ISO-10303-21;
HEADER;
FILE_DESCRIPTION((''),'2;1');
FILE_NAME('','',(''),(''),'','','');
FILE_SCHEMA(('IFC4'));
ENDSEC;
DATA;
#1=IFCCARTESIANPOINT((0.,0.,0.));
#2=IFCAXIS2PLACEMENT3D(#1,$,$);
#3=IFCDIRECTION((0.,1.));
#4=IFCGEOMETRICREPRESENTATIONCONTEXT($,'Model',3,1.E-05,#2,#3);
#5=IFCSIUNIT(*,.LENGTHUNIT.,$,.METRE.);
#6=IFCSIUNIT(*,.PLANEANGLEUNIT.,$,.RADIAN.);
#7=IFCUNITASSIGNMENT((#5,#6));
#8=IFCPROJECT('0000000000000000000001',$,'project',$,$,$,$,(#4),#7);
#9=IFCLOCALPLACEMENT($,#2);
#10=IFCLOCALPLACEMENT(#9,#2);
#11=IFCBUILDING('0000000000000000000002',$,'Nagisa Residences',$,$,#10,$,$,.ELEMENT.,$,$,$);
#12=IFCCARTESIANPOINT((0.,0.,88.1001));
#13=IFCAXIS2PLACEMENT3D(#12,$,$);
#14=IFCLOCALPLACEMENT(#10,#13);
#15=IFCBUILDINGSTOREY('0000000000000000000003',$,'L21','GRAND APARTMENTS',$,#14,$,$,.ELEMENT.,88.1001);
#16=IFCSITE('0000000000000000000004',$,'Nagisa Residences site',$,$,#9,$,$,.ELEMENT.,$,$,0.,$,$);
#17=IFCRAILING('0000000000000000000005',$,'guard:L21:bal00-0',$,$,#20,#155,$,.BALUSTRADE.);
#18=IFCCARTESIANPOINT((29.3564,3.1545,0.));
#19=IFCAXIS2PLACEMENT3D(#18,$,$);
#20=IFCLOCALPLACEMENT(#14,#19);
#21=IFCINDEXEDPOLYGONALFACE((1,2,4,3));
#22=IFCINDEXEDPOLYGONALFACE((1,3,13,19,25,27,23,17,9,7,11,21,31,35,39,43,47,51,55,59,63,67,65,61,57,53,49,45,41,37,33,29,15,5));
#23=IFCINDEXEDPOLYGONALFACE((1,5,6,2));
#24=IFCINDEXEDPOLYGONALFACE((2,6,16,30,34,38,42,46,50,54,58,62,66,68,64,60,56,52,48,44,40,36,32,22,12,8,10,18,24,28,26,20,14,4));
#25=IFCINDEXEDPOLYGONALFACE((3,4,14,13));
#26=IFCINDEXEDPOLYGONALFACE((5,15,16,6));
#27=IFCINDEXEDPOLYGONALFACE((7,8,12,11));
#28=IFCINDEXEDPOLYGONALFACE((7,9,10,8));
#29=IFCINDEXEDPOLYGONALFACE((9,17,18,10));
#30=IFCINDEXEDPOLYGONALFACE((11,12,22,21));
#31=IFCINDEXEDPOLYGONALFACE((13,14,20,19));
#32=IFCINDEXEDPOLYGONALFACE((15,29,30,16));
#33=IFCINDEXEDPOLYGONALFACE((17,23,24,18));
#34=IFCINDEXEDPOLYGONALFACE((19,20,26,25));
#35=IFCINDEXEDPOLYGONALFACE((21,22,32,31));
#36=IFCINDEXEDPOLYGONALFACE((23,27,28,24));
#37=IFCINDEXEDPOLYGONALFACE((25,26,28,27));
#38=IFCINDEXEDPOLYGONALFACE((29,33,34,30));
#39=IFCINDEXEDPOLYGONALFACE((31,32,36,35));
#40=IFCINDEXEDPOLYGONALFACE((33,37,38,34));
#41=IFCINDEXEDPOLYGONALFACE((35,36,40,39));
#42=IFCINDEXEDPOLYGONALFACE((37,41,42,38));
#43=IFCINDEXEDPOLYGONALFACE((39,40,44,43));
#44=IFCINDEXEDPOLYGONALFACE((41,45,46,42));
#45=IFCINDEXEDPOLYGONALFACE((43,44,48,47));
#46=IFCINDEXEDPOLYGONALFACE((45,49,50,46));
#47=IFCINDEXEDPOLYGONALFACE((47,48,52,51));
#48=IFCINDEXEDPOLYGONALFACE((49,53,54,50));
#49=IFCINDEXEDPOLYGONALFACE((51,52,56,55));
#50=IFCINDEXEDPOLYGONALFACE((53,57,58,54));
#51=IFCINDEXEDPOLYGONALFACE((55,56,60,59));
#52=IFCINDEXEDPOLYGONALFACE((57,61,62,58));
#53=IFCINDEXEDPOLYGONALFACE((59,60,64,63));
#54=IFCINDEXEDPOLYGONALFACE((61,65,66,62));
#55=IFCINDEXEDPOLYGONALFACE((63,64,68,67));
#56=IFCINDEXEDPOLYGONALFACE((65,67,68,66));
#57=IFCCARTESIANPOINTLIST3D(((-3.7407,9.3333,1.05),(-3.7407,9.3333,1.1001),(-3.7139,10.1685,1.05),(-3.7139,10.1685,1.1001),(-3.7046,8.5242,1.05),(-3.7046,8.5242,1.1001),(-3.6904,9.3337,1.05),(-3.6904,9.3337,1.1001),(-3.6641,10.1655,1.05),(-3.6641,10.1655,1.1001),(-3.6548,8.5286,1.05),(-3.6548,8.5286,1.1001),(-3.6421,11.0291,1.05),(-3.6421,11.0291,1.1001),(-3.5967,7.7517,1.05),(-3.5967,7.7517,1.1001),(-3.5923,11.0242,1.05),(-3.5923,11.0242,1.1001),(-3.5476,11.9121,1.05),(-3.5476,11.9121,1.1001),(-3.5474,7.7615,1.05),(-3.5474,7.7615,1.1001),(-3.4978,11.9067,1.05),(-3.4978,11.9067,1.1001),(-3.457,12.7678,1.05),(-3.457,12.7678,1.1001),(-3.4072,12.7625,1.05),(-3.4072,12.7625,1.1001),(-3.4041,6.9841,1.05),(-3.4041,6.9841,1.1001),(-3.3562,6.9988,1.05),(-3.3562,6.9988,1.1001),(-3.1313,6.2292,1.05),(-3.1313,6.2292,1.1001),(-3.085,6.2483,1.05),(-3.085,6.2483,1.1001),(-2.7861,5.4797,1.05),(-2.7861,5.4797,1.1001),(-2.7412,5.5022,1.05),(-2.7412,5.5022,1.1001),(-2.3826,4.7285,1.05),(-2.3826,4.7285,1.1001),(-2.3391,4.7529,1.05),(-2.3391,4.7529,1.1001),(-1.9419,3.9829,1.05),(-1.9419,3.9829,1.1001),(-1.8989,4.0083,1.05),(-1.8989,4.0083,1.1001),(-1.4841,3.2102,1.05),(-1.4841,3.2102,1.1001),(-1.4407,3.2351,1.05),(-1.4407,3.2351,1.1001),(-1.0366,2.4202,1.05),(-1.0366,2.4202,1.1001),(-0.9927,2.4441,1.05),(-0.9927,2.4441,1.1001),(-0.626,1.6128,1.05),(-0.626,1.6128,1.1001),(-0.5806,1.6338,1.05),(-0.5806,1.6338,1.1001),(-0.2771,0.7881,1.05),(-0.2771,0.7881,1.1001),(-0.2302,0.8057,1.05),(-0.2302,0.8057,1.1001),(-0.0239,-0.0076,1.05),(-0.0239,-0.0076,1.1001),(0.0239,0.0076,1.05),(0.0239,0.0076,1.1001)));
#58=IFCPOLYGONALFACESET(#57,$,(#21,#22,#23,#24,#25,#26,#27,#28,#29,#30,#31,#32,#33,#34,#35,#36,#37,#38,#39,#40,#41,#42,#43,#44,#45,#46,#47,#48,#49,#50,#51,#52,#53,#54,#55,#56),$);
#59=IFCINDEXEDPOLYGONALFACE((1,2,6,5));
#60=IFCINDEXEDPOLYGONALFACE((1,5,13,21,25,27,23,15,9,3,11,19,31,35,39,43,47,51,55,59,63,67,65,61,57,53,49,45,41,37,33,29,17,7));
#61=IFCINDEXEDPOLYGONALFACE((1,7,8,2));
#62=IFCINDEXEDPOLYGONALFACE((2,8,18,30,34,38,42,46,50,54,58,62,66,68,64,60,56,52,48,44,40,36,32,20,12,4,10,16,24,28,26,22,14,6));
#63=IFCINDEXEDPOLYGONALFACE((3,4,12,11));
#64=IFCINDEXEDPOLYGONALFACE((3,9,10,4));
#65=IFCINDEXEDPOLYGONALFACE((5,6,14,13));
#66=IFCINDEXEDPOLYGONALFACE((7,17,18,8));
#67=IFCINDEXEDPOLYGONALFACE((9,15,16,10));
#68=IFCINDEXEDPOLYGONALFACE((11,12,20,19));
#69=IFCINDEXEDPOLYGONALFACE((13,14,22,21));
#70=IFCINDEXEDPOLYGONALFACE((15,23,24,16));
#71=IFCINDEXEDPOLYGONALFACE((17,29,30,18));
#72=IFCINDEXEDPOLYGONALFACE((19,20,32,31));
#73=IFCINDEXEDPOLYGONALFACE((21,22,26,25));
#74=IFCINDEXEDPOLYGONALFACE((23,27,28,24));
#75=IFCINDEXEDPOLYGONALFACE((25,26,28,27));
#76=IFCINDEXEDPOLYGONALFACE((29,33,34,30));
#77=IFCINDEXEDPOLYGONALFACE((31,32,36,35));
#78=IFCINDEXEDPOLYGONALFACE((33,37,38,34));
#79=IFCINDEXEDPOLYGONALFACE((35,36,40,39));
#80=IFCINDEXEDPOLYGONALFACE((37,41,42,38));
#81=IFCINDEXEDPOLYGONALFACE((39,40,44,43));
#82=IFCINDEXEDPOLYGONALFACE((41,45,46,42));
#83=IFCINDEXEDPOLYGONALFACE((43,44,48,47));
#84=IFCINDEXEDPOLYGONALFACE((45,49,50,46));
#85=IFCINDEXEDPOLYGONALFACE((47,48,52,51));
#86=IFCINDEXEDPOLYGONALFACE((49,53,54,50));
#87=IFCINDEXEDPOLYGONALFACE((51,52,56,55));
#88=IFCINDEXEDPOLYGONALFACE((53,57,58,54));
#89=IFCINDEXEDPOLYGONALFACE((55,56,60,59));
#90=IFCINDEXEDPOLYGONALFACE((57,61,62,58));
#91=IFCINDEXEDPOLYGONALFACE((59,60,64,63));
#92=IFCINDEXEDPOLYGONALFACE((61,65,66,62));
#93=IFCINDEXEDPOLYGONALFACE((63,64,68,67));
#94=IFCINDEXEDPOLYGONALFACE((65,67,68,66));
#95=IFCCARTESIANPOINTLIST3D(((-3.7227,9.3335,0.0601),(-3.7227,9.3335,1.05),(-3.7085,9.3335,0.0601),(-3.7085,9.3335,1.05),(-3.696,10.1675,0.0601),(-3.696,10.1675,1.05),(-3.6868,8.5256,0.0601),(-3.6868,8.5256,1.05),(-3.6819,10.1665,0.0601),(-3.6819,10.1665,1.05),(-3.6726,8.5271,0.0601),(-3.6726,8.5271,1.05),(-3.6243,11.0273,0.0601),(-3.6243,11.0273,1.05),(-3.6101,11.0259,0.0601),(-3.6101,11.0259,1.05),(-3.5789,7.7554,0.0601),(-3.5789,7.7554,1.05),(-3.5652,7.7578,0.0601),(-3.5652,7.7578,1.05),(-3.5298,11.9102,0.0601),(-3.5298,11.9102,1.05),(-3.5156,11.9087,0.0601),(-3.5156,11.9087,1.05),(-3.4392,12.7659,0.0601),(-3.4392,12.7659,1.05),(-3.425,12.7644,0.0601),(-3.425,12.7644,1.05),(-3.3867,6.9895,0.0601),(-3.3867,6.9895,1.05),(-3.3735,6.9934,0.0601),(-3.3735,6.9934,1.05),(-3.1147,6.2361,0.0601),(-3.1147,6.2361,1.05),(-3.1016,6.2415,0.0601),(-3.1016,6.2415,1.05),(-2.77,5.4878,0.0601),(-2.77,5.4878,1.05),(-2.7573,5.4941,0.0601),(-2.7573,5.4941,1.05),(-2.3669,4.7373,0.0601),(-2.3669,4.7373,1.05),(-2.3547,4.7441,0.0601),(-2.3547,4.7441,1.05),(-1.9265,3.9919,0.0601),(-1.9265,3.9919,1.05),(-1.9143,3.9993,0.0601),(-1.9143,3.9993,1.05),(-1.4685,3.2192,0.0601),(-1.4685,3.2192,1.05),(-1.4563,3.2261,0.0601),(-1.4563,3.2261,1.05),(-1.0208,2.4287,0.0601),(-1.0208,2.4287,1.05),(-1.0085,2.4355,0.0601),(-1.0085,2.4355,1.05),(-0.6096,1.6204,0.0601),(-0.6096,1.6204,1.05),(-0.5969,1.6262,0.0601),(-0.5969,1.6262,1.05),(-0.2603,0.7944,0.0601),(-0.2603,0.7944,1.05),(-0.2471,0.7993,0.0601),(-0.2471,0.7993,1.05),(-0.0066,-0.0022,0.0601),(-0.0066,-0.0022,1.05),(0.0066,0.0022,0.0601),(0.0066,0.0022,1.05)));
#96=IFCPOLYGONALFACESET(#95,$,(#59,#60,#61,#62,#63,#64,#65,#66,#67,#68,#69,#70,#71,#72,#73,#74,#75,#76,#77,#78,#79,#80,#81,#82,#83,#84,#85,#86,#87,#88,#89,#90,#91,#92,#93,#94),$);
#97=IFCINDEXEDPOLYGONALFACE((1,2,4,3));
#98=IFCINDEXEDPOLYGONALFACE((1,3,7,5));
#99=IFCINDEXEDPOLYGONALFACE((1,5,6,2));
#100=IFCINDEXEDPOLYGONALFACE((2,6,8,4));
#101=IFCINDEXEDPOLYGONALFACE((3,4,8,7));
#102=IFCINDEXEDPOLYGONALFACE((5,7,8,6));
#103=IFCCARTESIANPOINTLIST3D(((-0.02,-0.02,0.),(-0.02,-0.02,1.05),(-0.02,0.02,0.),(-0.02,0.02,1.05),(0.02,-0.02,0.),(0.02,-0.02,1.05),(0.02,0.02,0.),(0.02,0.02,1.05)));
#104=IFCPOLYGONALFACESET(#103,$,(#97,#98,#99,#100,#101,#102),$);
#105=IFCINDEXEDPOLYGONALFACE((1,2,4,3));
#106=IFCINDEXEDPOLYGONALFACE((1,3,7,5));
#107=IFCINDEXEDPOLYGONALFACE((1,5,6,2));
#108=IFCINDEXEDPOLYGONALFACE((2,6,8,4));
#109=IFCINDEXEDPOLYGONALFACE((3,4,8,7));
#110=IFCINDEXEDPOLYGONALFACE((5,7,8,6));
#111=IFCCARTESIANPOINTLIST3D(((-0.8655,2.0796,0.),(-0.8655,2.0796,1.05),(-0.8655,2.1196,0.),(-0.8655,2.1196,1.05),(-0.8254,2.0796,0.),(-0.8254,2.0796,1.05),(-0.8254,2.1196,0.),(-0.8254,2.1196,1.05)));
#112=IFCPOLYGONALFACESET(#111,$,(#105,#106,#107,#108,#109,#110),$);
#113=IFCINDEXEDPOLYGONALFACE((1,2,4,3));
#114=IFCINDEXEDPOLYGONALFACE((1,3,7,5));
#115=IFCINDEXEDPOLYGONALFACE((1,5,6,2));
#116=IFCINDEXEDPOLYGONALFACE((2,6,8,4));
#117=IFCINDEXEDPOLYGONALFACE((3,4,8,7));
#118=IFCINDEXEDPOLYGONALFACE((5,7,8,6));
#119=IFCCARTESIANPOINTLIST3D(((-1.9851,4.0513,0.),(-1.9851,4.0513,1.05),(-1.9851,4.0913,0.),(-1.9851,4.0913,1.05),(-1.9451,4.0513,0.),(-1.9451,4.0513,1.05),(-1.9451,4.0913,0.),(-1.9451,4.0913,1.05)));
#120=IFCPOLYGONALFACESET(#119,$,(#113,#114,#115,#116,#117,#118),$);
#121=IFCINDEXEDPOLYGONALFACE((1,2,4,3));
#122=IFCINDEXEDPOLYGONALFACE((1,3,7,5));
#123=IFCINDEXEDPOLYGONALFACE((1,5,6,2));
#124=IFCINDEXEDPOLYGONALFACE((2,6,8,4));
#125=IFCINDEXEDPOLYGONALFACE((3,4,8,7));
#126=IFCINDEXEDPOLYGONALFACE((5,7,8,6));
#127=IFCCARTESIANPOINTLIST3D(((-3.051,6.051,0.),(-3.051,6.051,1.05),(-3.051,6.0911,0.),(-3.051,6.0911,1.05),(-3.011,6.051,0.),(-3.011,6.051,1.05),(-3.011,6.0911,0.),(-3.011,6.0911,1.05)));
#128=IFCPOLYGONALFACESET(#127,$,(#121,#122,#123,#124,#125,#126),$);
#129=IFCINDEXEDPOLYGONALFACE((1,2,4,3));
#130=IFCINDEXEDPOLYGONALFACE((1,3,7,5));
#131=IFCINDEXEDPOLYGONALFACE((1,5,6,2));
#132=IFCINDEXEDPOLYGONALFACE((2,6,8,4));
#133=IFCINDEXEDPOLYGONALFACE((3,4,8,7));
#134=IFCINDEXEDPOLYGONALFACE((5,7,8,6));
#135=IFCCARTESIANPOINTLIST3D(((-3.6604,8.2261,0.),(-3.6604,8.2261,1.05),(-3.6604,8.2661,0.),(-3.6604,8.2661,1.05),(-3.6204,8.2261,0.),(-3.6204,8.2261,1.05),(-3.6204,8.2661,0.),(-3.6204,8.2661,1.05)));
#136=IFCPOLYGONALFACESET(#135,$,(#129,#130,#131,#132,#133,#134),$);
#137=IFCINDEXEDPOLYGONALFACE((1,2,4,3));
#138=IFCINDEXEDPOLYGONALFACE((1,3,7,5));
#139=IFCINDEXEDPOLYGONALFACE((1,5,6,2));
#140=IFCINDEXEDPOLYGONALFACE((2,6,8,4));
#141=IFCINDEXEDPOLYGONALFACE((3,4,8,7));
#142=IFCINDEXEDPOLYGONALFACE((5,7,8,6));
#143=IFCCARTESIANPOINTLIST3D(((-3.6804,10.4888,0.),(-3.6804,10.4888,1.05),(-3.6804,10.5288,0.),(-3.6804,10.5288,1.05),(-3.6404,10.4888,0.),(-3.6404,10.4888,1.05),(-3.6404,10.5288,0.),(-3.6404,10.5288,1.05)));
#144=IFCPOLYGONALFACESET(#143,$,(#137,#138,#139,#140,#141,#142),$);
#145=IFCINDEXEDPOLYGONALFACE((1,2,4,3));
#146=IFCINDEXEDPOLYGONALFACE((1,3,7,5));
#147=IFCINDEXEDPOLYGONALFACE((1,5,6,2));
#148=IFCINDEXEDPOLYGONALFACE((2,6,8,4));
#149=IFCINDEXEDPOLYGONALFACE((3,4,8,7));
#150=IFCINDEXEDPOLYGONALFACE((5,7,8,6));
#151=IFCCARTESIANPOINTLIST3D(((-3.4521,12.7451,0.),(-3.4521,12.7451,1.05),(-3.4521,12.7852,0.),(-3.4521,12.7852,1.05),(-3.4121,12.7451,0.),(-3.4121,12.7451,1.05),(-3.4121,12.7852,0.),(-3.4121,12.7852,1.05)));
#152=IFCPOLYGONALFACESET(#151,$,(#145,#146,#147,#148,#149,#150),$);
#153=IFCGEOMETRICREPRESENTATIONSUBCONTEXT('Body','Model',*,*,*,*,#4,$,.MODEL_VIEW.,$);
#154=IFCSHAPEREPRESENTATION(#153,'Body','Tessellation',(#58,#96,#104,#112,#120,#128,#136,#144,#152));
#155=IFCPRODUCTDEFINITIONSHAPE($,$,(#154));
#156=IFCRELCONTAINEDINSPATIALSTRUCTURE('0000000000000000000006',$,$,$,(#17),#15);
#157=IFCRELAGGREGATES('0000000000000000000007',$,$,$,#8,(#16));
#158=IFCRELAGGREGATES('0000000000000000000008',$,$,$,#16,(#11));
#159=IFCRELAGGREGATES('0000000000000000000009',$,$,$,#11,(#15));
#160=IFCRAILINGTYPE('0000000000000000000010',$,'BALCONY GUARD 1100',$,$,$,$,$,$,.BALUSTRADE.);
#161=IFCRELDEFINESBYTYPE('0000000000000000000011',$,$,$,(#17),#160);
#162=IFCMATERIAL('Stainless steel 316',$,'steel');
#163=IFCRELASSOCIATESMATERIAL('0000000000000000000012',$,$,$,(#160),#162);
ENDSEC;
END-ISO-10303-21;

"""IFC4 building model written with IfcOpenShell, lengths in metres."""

from ifc_helpers import new_model, si_unit, direction, frame, origin, origin_2d, place, context, subcontext, project, spatial, polyline, rectangle, outline, extrude, material, type_object, element, save


model = new_model("IFC4")

# Units and contexts
model_context = context("Model", 3, precision=1e-05, world=origin(), true_north=direction((0.0, 1.0)))
body_context = subcontext(model_context, "Body", "Model", "MODEL_VIEW")
ifc_project = project(units=[si_unit("LENGTHUNIT", "METRE"), si_unit("PLANEANGLEUNIT", "RADIAN")], contexts=[model_context])

# Site, building, storey
site_placement = place(None, origin())
site = spatial("IfcSite", under=ifc_project, at=site_placement, Name="Nagisa Residences site", CompositionType="ELEMENT", RefElevation=0.0)
building_placement = place(site_placement, origin())
building = spatial("IfcBuilding", under=site, at=building_placement, Name="Nagisa Residences", CompositionType="ELEMENT")
storey_placement = place(building_placement, frame((0.0, 0.0, 88.1001)))
storey = spatial("IfcBuildingStorey", under=building, at=storey_placement, Name="L21", Description="GRAND APARTMENTS", CompositionType="ELEMENT", Elevation=88.1001)

# Railing
ifc_material_1 = material(Name="Stainless steel 316", Category="steel")
railing_type = type_object("IfcRailingType", Name="BALCONY GUARD 1100", PredefinedType="BALUSTRADE", material=ifc_material_1)
railing_placement = place(storey_placement, frame((29.3564, 3.1545, 0.0)))
element("IfcRailing", 1, at=railing_placement, inside=storey, type_object=railing_type, Name="guard:L21:bal00-0", PredefinedType="BALUSTRADE", context=body_context, shape_type="SweptSolid", body=[
    extrude(outline(polyline([(-0.2771, 0.7881), (-0.0239, -0.0076), (0.0239, 0.0076), (-0.2302, 0.8057), (-0.5806, 1.6338), (-0.9927, 2.4441), (-1.4407, 3.2351), (-1.8989, 4.0083), (-2.3391, 4.7529), (-2.7412, 5.5022), (-3.085, 6.2483), (-3.3562, 6.9988), (-3.5474, 7.7615), (-3.6548, 8.5286), (-3.6904, 9.3337), (-3.6641, 10.1655), (-3.5923, 11.0242), (-3.4978, 11.9067), (-3.4072, 12.7625), (-3.457, 12.7678), (-3.5476, 11.9121), (-3.6421, 11.0291), (-3.7139, 10.1685), (-3.7407, 9.3333), (-3.7046, 8.5242), (-3.5967, 7.7517), (-3.4041, 6.9841), (-3.1313, 6.2292), (-2.7861, 5.4797), (-2.3826, 4.7285), (-1.9419, 3.9829), (-1.4841, 3.2102), (-1.0366, 2.4202), (-0.626, 1.6128), (-0.2771, 0.7881)])), frame((0.0, 0.0, 1.05)), (0.0, 0.0, 1.0), 0.05),
    extrude(outline(polyline([(-0.2603, 0.7944), (-0.0066, -0.0022), (0.0066, 0.0022), (-0.2471, 0.7993), (-0.5969, 1.6262), (-1.0085, 2.4355), (-1.4563, 3.2261), (-1.9143, 3.9993), (-2.3547, 4.7441), (-2.7573, 5.4941), (-3.1016, 6.2415), (-3.3735, 6.9934), (-3.5652, 7.7578), (-3.6726, 8.5271), (-3.7085, 9.3335), (-3.6819, 10.1665), (-3.6101, 11.0259), (-3.5156, 11.9087), (-3.425, 12.7644), (-3.4392, 12.7659), (-3.5298, 11.9102), (-3.6243, 11.0273), (-3.696, 10.1675), (-3.7227, 9.3335), (-3.6868, 8.5256), (-3.5789, 7.7554), (-3.3867, 6.9895), (-3.1147, 6.2361), (-2.77, 5.4878), (-2.3669, 4.7373), (-1.9265, 3.9919), (-1.4685, 3.2192), (-1.0208, 2.4287), (-0.6096, 1.6204), (-0.2603, 0.7944)])), frame((0.0, 0.0, 0.0601)), (0.0, 0.0, 1.0), 0.99),
    extrude(rectangle(XDim=0.04, YDim=0.04, at=origin_2d()), origin(), (0.0, 0.0, 1.0), 1.05),
    extrude(rectangle(XDim=0.04, YDim=0.04, at=origin_2d()), frame((-0.8455, 2.0996, 0.0)), (0.0, 0.0, 1.0), 1.05),
    extrude(rectangle(XDim=0.04, YDim=0.04, at=origin_2d()), frame((-1.9651, 4.0713, 0.0)), (0.0, 0.0, 1.0), 1.05),
    extrude(rectangle(XDim=0.04, YDim=0.04, at=origin_2d()), frame((-3.031, 6.071, 0.0)), (0.0, 0.0, 1.0), 1.05),
    extrude(rectangle(XDim=0.04, YDim=0.04, at=origin_2d()), frame((-3.6404, 8.2461, 0.0)), (0.0, 0.0, 1.0), 1.05),
    extrude(rectangle(XDim=0.04, YDim=0.04, at=origin_2d()), frame((-3.6604, 10.5088, 0.0)), (0.0, 0.0, 1.0), 1.05),
    extrude(rectangle(XDim=0.04, YDim=0.04, at=origin_2d()), frame((-3.4321, 12.7651, 0.0)), (0.0, 0.0, 1.0), 1.05),
])

save(model, "model.ifc")
